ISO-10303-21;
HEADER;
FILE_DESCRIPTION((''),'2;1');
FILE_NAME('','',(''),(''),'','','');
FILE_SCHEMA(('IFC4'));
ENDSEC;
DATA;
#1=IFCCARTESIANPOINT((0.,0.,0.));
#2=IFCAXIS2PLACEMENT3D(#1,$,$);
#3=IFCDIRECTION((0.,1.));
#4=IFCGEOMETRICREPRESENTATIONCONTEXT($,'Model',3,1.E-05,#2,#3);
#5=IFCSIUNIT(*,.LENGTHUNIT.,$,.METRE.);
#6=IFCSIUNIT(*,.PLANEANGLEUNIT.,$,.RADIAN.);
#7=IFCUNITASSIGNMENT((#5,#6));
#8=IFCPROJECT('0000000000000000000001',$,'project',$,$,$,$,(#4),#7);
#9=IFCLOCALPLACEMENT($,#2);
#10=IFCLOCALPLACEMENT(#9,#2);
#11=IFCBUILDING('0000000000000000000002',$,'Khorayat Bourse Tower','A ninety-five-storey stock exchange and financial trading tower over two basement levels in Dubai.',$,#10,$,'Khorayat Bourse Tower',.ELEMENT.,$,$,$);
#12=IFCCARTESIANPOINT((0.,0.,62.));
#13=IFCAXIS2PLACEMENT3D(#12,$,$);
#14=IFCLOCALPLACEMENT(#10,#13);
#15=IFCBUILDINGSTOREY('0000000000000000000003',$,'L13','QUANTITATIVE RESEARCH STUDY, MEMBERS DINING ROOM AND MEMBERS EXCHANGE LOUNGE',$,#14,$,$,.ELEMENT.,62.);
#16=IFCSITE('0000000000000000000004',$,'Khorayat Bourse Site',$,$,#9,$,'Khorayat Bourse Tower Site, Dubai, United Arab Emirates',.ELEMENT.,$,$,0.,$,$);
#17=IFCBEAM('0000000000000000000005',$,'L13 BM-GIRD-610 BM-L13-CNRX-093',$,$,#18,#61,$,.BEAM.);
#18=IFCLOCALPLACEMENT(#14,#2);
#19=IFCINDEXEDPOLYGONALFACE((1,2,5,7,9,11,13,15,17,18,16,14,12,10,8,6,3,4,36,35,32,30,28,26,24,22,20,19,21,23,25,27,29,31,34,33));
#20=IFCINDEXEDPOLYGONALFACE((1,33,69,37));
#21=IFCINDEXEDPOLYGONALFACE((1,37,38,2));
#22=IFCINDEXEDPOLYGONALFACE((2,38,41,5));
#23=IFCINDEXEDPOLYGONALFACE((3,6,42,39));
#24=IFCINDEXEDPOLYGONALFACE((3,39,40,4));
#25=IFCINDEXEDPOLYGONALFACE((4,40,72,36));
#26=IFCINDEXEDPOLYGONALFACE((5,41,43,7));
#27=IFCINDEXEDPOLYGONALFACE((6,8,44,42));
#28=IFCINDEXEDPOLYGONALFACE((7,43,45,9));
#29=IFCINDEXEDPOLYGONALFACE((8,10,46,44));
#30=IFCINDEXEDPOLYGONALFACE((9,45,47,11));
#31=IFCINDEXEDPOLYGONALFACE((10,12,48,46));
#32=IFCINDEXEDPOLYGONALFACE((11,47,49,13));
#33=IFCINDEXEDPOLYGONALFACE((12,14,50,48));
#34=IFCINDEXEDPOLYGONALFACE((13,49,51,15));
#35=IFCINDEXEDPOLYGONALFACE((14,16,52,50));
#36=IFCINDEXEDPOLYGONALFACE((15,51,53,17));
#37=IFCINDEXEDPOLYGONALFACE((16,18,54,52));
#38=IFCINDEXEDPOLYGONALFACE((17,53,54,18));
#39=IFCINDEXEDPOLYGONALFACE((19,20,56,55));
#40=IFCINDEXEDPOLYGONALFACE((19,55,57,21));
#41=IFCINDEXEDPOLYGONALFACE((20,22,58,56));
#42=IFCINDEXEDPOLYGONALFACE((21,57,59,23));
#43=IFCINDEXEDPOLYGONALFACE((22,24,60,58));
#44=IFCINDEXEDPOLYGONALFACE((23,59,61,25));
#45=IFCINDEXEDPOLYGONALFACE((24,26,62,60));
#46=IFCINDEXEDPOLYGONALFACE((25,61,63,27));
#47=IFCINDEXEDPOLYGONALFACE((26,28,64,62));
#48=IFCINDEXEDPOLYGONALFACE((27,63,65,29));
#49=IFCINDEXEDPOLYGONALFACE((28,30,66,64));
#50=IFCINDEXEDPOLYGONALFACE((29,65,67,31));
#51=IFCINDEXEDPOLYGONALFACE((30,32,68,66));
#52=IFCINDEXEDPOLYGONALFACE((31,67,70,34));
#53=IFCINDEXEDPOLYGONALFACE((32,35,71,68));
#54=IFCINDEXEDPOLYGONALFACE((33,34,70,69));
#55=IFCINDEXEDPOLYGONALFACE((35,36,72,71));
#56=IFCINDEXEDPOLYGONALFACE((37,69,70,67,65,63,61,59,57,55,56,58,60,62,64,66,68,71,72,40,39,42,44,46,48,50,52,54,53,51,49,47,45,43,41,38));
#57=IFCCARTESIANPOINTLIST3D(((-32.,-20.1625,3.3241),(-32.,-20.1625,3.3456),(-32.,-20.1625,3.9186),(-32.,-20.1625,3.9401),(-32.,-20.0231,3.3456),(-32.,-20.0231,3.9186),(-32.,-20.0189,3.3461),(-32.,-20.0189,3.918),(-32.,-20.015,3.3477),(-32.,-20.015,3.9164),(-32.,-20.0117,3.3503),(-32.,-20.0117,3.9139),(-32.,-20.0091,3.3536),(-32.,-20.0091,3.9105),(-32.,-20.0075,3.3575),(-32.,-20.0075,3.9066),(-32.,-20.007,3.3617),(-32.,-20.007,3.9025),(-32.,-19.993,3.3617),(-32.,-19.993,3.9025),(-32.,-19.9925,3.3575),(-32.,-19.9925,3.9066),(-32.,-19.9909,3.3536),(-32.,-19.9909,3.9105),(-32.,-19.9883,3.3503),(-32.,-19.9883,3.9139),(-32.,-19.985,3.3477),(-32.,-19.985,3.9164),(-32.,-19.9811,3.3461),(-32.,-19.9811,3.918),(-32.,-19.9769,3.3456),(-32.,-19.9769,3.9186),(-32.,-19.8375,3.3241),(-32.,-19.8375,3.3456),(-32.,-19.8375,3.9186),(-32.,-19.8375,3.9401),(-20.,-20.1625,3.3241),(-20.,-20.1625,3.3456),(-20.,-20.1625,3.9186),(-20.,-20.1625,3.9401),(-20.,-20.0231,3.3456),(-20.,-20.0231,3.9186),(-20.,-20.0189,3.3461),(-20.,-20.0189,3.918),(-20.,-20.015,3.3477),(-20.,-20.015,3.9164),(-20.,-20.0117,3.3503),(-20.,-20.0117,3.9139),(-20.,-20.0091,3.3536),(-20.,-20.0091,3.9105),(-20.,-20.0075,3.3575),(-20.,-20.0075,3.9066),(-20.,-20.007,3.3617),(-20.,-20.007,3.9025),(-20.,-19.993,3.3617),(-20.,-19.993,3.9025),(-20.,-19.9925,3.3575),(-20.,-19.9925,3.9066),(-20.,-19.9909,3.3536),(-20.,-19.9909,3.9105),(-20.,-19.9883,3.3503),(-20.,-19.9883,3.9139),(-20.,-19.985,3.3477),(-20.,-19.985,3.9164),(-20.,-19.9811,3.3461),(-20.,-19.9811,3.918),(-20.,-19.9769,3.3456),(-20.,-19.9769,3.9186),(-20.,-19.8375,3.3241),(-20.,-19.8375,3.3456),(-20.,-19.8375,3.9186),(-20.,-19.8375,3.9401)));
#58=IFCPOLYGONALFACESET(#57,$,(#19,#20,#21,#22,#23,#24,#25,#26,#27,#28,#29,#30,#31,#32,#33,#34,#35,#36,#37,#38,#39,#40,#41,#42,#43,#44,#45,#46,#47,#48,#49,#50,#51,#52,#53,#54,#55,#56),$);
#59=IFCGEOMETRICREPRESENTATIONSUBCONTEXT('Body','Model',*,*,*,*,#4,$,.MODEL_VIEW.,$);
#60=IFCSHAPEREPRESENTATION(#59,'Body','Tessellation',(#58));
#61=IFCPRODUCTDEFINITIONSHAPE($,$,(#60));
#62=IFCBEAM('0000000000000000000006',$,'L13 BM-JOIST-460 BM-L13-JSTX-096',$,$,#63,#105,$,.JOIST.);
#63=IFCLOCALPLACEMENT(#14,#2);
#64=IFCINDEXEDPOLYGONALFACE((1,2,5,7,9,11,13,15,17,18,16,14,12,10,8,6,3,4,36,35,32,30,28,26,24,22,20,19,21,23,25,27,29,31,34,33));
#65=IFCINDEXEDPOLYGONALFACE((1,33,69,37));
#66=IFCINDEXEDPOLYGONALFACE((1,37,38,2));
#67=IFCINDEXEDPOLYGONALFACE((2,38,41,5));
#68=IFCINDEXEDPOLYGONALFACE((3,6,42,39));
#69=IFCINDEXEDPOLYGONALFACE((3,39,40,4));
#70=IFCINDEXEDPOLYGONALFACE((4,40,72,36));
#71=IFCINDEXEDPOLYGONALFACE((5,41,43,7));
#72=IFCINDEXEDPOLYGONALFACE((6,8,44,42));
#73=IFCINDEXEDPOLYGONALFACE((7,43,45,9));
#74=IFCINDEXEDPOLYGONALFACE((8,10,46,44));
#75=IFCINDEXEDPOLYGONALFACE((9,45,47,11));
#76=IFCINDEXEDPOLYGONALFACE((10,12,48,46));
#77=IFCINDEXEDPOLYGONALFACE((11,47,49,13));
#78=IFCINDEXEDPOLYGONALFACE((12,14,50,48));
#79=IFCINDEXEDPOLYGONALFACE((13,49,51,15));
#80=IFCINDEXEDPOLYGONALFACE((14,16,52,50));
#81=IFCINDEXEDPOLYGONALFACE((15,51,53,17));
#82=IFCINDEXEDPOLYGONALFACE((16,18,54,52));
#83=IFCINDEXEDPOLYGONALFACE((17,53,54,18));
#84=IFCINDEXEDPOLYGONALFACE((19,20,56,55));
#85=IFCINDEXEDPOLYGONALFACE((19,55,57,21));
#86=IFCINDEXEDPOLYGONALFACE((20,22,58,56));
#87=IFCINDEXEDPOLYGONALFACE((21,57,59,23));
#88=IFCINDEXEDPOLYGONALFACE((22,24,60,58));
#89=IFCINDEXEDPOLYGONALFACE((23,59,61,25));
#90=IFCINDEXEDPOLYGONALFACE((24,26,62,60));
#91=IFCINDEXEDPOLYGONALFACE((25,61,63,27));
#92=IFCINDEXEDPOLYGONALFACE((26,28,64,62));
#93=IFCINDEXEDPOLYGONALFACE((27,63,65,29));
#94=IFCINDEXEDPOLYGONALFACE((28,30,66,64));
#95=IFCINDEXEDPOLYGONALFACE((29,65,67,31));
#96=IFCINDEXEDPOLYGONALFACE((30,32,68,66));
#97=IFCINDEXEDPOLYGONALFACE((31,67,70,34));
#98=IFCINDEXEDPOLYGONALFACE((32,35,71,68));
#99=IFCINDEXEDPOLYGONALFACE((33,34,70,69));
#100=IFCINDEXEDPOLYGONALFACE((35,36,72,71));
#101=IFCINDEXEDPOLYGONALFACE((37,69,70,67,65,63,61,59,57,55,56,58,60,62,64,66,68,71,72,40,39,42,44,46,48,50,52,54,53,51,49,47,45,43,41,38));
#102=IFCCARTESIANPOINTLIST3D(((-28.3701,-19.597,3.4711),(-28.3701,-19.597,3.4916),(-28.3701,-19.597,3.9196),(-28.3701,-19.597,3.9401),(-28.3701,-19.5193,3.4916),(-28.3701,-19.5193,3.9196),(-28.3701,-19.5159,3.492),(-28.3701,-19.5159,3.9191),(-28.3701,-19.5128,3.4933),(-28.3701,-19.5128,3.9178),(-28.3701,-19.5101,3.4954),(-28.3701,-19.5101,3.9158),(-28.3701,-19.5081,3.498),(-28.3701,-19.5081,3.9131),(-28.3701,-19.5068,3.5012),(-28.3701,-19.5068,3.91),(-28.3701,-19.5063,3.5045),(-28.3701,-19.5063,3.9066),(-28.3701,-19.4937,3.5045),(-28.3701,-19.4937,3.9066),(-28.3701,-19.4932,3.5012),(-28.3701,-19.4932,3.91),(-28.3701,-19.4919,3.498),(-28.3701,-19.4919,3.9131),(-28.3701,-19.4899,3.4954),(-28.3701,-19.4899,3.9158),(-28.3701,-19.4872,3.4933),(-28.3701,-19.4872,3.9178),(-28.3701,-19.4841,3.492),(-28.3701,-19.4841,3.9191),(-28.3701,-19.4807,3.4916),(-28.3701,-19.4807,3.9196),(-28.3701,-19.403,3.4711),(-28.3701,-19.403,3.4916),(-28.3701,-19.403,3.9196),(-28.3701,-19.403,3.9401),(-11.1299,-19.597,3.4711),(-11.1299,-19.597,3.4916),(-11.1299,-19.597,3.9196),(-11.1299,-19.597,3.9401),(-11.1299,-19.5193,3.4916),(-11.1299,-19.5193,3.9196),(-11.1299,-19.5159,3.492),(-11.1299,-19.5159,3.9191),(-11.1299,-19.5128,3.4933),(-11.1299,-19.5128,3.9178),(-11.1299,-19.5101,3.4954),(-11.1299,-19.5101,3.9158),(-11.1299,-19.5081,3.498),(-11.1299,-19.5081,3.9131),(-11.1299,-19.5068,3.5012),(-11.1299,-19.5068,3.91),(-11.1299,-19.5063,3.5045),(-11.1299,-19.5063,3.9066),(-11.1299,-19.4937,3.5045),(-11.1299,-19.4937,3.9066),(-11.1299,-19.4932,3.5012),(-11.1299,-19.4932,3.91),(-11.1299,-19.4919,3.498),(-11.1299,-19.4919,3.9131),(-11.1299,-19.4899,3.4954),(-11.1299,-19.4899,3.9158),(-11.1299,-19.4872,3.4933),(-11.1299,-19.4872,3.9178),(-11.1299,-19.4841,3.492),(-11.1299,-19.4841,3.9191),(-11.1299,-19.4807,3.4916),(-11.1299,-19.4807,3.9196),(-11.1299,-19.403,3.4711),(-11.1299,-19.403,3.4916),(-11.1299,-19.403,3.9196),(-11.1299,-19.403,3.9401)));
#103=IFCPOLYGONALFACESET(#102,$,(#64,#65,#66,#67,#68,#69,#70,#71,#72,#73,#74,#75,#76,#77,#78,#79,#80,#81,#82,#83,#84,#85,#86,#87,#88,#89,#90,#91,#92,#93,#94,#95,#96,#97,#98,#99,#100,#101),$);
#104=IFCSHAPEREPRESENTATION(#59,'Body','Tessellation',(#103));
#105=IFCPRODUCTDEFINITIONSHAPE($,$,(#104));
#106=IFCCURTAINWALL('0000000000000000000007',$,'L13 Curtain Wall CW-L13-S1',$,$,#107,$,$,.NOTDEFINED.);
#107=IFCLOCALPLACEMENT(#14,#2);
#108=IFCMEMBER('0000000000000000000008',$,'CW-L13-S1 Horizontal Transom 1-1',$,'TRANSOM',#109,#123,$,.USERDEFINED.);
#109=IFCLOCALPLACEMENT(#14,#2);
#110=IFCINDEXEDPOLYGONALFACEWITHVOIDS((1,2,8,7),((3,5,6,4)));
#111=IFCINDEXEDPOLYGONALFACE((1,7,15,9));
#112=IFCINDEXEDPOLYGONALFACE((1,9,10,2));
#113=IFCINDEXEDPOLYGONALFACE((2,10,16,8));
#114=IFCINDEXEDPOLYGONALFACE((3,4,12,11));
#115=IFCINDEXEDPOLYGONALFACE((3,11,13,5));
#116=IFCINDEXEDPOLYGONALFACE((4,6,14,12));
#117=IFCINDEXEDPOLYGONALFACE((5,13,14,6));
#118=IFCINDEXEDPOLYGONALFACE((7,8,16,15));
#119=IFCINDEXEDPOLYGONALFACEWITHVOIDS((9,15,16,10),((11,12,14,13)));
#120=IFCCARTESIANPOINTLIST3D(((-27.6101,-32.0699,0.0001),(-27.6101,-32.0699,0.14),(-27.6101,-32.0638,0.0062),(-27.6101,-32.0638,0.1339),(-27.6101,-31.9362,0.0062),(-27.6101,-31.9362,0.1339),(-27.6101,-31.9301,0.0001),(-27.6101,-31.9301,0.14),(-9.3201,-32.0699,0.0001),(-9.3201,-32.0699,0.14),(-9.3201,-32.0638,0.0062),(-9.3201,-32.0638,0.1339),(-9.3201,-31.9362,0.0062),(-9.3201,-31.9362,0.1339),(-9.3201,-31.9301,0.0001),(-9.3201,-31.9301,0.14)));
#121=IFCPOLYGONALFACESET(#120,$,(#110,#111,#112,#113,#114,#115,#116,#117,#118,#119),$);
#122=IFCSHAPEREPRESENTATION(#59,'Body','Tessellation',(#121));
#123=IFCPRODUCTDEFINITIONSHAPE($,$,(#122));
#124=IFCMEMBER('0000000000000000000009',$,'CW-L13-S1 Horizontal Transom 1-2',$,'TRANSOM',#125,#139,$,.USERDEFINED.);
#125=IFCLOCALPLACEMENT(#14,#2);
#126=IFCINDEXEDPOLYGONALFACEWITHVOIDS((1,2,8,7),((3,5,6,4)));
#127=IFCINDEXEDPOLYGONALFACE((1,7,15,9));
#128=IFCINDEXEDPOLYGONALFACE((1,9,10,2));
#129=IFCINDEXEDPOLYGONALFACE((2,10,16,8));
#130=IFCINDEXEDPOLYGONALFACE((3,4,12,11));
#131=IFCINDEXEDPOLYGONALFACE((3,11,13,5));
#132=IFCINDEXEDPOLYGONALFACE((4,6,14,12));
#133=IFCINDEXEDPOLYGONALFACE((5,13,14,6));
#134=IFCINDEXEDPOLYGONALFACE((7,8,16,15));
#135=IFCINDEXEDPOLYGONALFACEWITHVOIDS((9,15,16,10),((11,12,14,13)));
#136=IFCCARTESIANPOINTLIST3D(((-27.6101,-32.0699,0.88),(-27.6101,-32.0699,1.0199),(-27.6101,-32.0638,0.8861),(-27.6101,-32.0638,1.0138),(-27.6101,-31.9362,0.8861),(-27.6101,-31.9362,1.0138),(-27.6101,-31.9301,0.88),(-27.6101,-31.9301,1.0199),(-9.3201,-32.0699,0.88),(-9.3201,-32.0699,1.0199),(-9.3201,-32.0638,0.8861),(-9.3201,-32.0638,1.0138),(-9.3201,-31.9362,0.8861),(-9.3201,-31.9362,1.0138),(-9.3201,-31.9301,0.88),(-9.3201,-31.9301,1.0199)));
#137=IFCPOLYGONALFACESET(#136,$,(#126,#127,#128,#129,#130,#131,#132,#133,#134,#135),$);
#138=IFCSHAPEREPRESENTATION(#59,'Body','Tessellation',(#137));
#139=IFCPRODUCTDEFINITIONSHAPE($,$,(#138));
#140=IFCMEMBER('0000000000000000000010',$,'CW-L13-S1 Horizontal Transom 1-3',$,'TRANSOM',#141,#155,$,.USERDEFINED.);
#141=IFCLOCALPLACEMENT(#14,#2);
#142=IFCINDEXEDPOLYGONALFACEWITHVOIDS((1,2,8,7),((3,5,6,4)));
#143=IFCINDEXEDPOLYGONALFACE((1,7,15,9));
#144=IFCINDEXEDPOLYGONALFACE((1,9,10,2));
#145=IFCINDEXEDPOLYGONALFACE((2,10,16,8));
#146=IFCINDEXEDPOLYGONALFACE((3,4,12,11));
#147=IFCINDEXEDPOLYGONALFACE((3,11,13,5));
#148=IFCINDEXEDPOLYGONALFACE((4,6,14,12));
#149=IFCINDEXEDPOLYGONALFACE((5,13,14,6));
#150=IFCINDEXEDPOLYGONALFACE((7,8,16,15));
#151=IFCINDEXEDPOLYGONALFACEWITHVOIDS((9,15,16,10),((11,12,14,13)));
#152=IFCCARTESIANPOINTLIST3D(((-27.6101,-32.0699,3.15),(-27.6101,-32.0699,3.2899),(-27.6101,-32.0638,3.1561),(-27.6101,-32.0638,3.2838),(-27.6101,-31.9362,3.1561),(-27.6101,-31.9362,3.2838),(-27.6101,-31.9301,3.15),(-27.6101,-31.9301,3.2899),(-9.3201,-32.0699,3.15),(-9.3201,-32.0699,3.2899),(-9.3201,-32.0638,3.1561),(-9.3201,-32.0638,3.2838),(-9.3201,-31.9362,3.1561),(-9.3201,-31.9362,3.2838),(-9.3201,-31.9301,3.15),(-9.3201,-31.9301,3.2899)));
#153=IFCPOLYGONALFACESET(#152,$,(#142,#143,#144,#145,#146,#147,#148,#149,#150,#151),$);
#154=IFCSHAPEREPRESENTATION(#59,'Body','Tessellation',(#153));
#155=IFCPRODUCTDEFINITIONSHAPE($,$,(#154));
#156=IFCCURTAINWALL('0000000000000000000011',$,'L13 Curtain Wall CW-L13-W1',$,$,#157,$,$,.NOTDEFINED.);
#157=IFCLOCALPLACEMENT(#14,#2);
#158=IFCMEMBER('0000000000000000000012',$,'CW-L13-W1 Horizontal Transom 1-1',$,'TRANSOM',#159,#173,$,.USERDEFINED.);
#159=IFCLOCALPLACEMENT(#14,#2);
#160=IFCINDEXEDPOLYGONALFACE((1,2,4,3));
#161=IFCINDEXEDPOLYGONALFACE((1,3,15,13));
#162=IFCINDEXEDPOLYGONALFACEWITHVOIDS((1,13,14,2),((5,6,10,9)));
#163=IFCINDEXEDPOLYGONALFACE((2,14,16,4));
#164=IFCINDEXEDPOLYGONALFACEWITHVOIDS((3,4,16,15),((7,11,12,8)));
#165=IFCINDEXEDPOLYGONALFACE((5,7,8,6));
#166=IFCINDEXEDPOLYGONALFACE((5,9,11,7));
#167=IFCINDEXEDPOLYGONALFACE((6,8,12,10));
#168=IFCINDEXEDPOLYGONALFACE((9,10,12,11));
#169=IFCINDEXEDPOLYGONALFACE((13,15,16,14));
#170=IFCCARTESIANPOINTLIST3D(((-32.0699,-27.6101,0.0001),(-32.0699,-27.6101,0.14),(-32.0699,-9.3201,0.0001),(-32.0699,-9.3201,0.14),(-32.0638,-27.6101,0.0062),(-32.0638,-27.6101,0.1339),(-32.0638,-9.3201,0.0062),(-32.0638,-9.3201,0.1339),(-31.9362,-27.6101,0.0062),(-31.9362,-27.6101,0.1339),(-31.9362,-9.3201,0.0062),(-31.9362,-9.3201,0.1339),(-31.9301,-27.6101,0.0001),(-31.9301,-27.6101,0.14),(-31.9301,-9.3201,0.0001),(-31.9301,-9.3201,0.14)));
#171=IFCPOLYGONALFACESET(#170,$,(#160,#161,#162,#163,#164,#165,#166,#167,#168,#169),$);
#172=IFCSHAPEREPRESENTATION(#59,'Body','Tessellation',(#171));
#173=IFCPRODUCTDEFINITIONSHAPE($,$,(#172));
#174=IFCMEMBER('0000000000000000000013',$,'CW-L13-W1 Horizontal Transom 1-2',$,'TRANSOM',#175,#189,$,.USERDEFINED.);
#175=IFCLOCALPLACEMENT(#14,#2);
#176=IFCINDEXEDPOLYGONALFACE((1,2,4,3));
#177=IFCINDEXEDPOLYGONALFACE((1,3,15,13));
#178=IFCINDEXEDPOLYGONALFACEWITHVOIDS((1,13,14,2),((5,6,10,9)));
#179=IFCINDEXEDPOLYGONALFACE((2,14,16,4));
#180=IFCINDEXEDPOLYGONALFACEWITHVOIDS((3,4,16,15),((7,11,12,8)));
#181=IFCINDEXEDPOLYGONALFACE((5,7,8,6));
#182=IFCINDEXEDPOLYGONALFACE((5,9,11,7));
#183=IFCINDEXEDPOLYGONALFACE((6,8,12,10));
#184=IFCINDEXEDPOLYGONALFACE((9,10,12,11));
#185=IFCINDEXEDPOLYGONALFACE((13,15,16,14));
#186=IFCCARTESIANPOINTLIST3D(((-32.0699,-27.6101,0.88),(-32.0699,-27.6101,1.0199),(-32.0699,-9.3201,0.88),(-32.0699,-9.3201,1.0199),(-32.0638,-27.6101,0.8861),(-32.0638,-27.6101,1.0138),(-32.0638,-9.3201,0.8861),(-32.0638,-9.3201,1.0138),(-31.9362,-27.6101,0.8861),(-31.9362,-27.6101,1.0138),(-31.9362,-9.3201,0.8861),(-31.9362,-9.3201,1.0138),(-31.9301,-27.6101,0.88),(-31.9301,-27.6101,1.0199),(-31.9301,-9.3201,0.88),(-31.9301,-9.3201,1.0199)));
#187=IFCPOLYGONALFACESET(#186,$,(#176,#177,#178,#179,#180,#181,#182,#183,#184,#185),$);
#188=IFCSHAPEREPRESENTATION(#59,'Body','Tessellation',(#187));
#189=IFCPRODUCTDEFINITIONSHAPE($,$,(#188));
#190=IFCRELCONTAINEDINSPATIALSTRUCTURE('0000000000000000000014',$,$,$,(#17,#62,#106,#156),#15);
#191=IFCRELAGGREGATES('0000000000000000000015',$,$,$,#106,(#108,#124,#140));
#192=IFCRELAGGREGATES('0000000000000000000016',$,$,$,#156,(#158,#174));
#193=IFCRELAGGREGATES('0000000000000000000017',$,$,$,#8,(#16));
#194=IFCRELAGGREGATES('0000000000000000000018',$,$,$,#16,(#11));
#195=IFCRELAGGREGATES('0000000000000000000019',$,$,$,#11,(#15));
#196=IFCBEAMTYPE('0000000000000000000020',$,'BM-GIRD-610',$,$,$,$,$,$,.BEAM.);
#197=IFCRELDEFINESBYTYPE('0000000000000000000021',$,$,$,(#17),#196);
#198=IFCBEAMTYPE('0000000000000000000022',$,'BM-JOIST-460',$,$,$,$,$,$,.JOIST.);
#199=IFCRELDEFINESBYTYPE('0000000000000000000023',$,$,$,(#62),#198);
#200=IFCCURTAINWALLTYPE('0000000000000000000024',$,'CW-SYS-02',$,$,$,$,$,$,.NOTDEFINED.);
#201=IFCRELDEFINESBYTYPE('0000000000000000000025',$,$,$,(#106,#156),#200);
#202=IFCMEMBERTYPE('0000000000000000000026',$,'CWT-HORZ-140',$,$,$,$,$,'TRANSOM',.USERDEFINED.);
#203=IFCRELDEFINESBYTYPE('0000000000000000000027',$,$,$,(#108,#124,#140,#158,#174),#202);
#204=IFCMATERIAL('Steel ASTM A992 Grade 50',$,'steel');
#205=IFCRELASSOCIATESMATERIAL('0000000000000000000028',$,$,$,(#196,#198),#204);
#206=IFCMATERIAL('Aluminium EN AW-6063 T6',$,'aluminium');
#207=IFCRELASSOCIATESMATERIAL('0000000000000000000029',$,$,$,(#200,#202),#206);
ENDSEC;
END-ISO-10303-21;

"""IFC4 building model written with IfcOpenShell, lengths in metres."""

from ifc_helpers import new_model, si_unit, direction, frame, origin, origin_2d, place, context, subcontext, project, spatial, hollow_rectangle, i_section, extrude, source, transform, mapped, material, material_profile, profile_set, type_object, element, aggregate, save


model = new_model("IFC4")

# Units and contexts
model_context = context("Model", 3, precision=1e-05, world=origin(), true_north=direction((0.0, 1.0)))
body_context = subcontext(model_context, "Body", "Model", "MODEL_VIEW")
ifc_project = project(units=[si_unit("LENGTHUNIT", "METRE"), si_unit("PLANEANGLEUNIT", "RADIAN")], contexts=[model_context])

# Site, building, storey
site_placement = place(None, origin())
site = spatial("IfcSite", under=ifc_project, at=site_placement, Name="Khorayat Bourse Site", LongName="Khorayat Bourse Tower Site, Dubai, United Arab Emirates", CompositionType="ELEMENT", RefElevation=0.0)
building_placement = place(site_placement, origin())
building = spatial("IfcBuilding", under=site, at=building_placement, Name="Khorayat Bourse Tower", Description="A ninety-five-storey stock exchange and financial trading tower over two basement levels in Dubai.", LongName="Khorayat Bourse Tower", CompositionType="ELEMENT")
storey_placement = place(building_placement, frame((0.0, 0.0, 62.0)))
storey = spatial("IfcBuildingStorey", under=building, at=storey_placement, Name="L13", Description="QUANTITATIVE RESEARCH STUDY, MEMBERS DINING ROOM AND MEMBERS EXCHANGE LOUNGE", CompositionType="ELEMENT", Elevation=62.0)

# Beams
ifc_material_1 = material(Name="Steel ASTM A992 Grade 50", Category="steel")
ifc_material_profile_1 = material_profile(ifc_material_1, i_section(OverallWidth=0.325, OverallDepth=0.616, WebThickness=0.0139, FlangeThickness=0.0215, FilletRadius=0.0161, at=origin_2d()), Name="W610X174")
ifc_profile_set_1 = profile_set([ifc_material_profile_1], Name="Steel ASTM A992 Grade 50")
beam_type_1 = type_object("IfcBeamType", Name="BM-GIRD-610", PredefinedType="BEAM", material=ifc_profile_set_1)
shared_shape_1 = source(origin(), body_context, "Body", "SweptSolid", [
    extrude(i_section(OverallWidth=0.325, OverallDepth=0.616, WebThickness=0.0139, FlangeThickness=0.0215, FilletRadius=0.0161, at=origin_2d()), origin(), (0.0, 0.0, 1.0), 12.0),
])
beam_1_placement = place(storey_placement, frame((-32.0, -20.0, 3.6321), z_axis=(1.0, 0.0, 0.0), x_axis=(0.0, 1.0, 0.0)))
element("IfcBeam", 1, at=beam_1_placement, inside=storey, type_object=beam_type_1, Name="L13 BM-GIRD-610 BM-L13-CNRX-093", PredefinedType="BEAM", context=body_context, shape_type="MappedRepresentation", body=[
    mapped(shared_shape_1, transform((0.0, 0.0, 0.0), scale=1.0)),
])
ifc_material_profile_2 = material_profile(ifc_material_1, i_section(OverallWidth=0.1941, OverallDepth=0.469, WebThickness=0.0127, FlangeThickness=0.0205, FilletRadius=0.0129, at=origin_2d()), Name="W460X106")
ifc_profile_set_2 = profile_set([ifc_material_profile_2], Name="Steel ASTM A992 Grade 50")
beam_type_2 = type_object("IfcBeamType", Name="BM-JOIST-460", PredefinedType="JOIST", material=ifc_profile_set_2)
shared_shape_2 = source(origin(), body_context, "Body", "SweptSolid", [
    extrude(i_section(OverallWidth=0.1941, OverallDepth=0.469, WebThickness=0.0127, FlangeThickness=0.0205, FilletRadius=0.0129, at=origin_2d()), origin(), (0.0, 0.0, 1.0), 17.2402),
])
beam_2_placement = place(storey_placement, frame((-28.3701, -19.5, 3.7056), z_axis=(1.0, 0.0, 0.0), x_axis=(0.0, 1.0, 0.0)))
element("IfcBeam", 2, at=beam_2_placement, inside=storey, type_object=beam_type_2, Name="L13 BM-JOIST-460 BM-L13-JSTX-096", PredefinedType="JOIST", context=body_context, shape_type="MappedRepresentation", body=[
    mapped(shared_shape_2, transform((0.0, 0.0, 0.0), scale=1.0)),
])

# Curtain walls, members
ifc_material_2 = material(Name="Aluminium EN AW-6063 T6", Category="aluminium")
curtain_wall_type = type_object("IfcCurtainWallType", Name="CW-SYS-02", PredefinedType="NOTDEFINED", material=ifc_material_2)
curtain_wall_1_placement = place(storey_placement, origin())
curtain_wall_1 = element("IfcCurtainWall", 3, at=curtain_wall_1_placement, inside=storey, type_object=curtain_wall_type, Name="L13 Curtain Wall CW-L13-S1", PredefinedType="NOTDEFINED")
ifc_material_profile_3 = material_profile(ifc_material_2, hollow_rectangle(XDim=0.1399, YDim=0.1399, WallThickness=0.0061, at=origin_2d()), Name="ALU 140x140x6")
ifc_profile_set_3 = profile_set([ifc_material_profile_3], Name="Aluminium EN AW-6063 T6")
member_type_1 = type_object("IfcMemberType", Name="CWT-HORZ-140", ElementType="TRANSOM", PredefinedType="USERDEFINED", material=ifc_profile_set_3)
shared_shape_3 = source(origin(), body_context, "Body", "SweptSolid", [
    extrude(hollow_rectangle(XDim=0.1399, YDim=0.1399, WallThickness=0.0061, at=origin_2d()), origin(), (0.0, 0.0, 1.0), 18.29),
])
member_1_placement = place(storey_placement, frame((-27.6101, -32.0, 0.0701), z_axis=(1.0, 0.0, 0.0), x_axis=(0.0, 1.0, 0.0)))
member_1 = element("IfcMember", 4, at=member_1_placement, type_object=member_type_1, Name="CW-L13-S1 Horizontal Transom 1-1", ObjectType="TRANSOM", PredefinedType="USERDEFINED", context=body_context, shape_type="MappedRepresentation", body=[
    mapped(shared_shape_3, transform((0.0, 0.0, 0.0), scale=1.0)),
])
member_2_placement = place(storey_placement, frame((-27.6101, -32.0, 0.95), z_axis=(1.0, 0.0, 0.0), x_axis=(0.0, 1.0, 0.0)))
member_2 = element("IfcMember", 5, at=member_2_placement, type_object=member_type_1, Name="CW-L13-S1 Horizontal Transom 1-2", ObjectType="TRANSOM", PredefinedType="USERDEFINED", context=body_context, shape_type="MappedRepresentation", body=[
    mapped(shared_shape_3, transform((0.0, 0.0, 0.0), scale=1.0)),
])
member_3_placement = place(storey_placement, frame((-27.6101, -32.0, 3.22), z_axis=(1.0, 0.0, 0.0), x_axis=(0.0, 1.0, 0.0)))
member_3 = element("IfcMember", 6, at=member_3_placement, type_object=member_type_1, Name="CW-L13-S1 Horizontal Transom 1-3", ObjectType="TRANSOM", PredefinedType="USERDEFINED", context=body_context, shape_type="MappedRepresentation", body=[
    mapped(shared_shape_3, transform((0.0, 0.0, 0.0), scale=1.0)),
])
curtain_wall_2_placement = place(storey_placement, origin())
curtain_wall_2 = element("IfcCurtainWall", 7, at=curtain_wall_2_placement, inside=storey, type_object=curtain_wall_type, Name="L13 Curtain Wall CW-L13-W1", PredefinedType="NOTDEFINED")
member_4_placement = place(storey_placement, frame((-32.0, -27.6101, 0.0701), z_axis=(0.0, 1.0, 0.0), x_axis=(-1.0, 0.0, 0.0)))
member_4 = element("IfcMember", 8, at=member_4_placement, type_object=member_type_1, Name="CW-L13-W1 Horizontal Transom 1-1", ObjectType="TRANSOM", PredefinedType="USERDEFINED", context=body_context, shape_type="MappedRepresentation", body=[
    mapped(shared_shape_3, transform((0.0, 0.0, 0.0), scale=1.0)),
])
member_5_placement = place(storey_placement, frame((-32.0, -27.6101, 0.95), z_axis=(0.0, 1.0, 0.0), x_axis=(-1.0, 0.0, 0.0)))
member_5 = element("IfcMember", 9, at=member_5_placement, type_object=member_type_1, Name="CW-L13-W1 Horizontal Transom 1-2", ObjectType="TRANSOM", PredefinedType="USERDEFINED", context=body_context, shape_type="MappedRepresentation", body=[
    mapped(shared_shape_3, transform((0.0, 0.0, 0.0), scale=1.0)),
])

aggregate(curtain_wall_1, [member_1, member_2, member_3])
aggregate(curtain_wall_2, [member_4, member_5])

save(model, "model.ifc")
